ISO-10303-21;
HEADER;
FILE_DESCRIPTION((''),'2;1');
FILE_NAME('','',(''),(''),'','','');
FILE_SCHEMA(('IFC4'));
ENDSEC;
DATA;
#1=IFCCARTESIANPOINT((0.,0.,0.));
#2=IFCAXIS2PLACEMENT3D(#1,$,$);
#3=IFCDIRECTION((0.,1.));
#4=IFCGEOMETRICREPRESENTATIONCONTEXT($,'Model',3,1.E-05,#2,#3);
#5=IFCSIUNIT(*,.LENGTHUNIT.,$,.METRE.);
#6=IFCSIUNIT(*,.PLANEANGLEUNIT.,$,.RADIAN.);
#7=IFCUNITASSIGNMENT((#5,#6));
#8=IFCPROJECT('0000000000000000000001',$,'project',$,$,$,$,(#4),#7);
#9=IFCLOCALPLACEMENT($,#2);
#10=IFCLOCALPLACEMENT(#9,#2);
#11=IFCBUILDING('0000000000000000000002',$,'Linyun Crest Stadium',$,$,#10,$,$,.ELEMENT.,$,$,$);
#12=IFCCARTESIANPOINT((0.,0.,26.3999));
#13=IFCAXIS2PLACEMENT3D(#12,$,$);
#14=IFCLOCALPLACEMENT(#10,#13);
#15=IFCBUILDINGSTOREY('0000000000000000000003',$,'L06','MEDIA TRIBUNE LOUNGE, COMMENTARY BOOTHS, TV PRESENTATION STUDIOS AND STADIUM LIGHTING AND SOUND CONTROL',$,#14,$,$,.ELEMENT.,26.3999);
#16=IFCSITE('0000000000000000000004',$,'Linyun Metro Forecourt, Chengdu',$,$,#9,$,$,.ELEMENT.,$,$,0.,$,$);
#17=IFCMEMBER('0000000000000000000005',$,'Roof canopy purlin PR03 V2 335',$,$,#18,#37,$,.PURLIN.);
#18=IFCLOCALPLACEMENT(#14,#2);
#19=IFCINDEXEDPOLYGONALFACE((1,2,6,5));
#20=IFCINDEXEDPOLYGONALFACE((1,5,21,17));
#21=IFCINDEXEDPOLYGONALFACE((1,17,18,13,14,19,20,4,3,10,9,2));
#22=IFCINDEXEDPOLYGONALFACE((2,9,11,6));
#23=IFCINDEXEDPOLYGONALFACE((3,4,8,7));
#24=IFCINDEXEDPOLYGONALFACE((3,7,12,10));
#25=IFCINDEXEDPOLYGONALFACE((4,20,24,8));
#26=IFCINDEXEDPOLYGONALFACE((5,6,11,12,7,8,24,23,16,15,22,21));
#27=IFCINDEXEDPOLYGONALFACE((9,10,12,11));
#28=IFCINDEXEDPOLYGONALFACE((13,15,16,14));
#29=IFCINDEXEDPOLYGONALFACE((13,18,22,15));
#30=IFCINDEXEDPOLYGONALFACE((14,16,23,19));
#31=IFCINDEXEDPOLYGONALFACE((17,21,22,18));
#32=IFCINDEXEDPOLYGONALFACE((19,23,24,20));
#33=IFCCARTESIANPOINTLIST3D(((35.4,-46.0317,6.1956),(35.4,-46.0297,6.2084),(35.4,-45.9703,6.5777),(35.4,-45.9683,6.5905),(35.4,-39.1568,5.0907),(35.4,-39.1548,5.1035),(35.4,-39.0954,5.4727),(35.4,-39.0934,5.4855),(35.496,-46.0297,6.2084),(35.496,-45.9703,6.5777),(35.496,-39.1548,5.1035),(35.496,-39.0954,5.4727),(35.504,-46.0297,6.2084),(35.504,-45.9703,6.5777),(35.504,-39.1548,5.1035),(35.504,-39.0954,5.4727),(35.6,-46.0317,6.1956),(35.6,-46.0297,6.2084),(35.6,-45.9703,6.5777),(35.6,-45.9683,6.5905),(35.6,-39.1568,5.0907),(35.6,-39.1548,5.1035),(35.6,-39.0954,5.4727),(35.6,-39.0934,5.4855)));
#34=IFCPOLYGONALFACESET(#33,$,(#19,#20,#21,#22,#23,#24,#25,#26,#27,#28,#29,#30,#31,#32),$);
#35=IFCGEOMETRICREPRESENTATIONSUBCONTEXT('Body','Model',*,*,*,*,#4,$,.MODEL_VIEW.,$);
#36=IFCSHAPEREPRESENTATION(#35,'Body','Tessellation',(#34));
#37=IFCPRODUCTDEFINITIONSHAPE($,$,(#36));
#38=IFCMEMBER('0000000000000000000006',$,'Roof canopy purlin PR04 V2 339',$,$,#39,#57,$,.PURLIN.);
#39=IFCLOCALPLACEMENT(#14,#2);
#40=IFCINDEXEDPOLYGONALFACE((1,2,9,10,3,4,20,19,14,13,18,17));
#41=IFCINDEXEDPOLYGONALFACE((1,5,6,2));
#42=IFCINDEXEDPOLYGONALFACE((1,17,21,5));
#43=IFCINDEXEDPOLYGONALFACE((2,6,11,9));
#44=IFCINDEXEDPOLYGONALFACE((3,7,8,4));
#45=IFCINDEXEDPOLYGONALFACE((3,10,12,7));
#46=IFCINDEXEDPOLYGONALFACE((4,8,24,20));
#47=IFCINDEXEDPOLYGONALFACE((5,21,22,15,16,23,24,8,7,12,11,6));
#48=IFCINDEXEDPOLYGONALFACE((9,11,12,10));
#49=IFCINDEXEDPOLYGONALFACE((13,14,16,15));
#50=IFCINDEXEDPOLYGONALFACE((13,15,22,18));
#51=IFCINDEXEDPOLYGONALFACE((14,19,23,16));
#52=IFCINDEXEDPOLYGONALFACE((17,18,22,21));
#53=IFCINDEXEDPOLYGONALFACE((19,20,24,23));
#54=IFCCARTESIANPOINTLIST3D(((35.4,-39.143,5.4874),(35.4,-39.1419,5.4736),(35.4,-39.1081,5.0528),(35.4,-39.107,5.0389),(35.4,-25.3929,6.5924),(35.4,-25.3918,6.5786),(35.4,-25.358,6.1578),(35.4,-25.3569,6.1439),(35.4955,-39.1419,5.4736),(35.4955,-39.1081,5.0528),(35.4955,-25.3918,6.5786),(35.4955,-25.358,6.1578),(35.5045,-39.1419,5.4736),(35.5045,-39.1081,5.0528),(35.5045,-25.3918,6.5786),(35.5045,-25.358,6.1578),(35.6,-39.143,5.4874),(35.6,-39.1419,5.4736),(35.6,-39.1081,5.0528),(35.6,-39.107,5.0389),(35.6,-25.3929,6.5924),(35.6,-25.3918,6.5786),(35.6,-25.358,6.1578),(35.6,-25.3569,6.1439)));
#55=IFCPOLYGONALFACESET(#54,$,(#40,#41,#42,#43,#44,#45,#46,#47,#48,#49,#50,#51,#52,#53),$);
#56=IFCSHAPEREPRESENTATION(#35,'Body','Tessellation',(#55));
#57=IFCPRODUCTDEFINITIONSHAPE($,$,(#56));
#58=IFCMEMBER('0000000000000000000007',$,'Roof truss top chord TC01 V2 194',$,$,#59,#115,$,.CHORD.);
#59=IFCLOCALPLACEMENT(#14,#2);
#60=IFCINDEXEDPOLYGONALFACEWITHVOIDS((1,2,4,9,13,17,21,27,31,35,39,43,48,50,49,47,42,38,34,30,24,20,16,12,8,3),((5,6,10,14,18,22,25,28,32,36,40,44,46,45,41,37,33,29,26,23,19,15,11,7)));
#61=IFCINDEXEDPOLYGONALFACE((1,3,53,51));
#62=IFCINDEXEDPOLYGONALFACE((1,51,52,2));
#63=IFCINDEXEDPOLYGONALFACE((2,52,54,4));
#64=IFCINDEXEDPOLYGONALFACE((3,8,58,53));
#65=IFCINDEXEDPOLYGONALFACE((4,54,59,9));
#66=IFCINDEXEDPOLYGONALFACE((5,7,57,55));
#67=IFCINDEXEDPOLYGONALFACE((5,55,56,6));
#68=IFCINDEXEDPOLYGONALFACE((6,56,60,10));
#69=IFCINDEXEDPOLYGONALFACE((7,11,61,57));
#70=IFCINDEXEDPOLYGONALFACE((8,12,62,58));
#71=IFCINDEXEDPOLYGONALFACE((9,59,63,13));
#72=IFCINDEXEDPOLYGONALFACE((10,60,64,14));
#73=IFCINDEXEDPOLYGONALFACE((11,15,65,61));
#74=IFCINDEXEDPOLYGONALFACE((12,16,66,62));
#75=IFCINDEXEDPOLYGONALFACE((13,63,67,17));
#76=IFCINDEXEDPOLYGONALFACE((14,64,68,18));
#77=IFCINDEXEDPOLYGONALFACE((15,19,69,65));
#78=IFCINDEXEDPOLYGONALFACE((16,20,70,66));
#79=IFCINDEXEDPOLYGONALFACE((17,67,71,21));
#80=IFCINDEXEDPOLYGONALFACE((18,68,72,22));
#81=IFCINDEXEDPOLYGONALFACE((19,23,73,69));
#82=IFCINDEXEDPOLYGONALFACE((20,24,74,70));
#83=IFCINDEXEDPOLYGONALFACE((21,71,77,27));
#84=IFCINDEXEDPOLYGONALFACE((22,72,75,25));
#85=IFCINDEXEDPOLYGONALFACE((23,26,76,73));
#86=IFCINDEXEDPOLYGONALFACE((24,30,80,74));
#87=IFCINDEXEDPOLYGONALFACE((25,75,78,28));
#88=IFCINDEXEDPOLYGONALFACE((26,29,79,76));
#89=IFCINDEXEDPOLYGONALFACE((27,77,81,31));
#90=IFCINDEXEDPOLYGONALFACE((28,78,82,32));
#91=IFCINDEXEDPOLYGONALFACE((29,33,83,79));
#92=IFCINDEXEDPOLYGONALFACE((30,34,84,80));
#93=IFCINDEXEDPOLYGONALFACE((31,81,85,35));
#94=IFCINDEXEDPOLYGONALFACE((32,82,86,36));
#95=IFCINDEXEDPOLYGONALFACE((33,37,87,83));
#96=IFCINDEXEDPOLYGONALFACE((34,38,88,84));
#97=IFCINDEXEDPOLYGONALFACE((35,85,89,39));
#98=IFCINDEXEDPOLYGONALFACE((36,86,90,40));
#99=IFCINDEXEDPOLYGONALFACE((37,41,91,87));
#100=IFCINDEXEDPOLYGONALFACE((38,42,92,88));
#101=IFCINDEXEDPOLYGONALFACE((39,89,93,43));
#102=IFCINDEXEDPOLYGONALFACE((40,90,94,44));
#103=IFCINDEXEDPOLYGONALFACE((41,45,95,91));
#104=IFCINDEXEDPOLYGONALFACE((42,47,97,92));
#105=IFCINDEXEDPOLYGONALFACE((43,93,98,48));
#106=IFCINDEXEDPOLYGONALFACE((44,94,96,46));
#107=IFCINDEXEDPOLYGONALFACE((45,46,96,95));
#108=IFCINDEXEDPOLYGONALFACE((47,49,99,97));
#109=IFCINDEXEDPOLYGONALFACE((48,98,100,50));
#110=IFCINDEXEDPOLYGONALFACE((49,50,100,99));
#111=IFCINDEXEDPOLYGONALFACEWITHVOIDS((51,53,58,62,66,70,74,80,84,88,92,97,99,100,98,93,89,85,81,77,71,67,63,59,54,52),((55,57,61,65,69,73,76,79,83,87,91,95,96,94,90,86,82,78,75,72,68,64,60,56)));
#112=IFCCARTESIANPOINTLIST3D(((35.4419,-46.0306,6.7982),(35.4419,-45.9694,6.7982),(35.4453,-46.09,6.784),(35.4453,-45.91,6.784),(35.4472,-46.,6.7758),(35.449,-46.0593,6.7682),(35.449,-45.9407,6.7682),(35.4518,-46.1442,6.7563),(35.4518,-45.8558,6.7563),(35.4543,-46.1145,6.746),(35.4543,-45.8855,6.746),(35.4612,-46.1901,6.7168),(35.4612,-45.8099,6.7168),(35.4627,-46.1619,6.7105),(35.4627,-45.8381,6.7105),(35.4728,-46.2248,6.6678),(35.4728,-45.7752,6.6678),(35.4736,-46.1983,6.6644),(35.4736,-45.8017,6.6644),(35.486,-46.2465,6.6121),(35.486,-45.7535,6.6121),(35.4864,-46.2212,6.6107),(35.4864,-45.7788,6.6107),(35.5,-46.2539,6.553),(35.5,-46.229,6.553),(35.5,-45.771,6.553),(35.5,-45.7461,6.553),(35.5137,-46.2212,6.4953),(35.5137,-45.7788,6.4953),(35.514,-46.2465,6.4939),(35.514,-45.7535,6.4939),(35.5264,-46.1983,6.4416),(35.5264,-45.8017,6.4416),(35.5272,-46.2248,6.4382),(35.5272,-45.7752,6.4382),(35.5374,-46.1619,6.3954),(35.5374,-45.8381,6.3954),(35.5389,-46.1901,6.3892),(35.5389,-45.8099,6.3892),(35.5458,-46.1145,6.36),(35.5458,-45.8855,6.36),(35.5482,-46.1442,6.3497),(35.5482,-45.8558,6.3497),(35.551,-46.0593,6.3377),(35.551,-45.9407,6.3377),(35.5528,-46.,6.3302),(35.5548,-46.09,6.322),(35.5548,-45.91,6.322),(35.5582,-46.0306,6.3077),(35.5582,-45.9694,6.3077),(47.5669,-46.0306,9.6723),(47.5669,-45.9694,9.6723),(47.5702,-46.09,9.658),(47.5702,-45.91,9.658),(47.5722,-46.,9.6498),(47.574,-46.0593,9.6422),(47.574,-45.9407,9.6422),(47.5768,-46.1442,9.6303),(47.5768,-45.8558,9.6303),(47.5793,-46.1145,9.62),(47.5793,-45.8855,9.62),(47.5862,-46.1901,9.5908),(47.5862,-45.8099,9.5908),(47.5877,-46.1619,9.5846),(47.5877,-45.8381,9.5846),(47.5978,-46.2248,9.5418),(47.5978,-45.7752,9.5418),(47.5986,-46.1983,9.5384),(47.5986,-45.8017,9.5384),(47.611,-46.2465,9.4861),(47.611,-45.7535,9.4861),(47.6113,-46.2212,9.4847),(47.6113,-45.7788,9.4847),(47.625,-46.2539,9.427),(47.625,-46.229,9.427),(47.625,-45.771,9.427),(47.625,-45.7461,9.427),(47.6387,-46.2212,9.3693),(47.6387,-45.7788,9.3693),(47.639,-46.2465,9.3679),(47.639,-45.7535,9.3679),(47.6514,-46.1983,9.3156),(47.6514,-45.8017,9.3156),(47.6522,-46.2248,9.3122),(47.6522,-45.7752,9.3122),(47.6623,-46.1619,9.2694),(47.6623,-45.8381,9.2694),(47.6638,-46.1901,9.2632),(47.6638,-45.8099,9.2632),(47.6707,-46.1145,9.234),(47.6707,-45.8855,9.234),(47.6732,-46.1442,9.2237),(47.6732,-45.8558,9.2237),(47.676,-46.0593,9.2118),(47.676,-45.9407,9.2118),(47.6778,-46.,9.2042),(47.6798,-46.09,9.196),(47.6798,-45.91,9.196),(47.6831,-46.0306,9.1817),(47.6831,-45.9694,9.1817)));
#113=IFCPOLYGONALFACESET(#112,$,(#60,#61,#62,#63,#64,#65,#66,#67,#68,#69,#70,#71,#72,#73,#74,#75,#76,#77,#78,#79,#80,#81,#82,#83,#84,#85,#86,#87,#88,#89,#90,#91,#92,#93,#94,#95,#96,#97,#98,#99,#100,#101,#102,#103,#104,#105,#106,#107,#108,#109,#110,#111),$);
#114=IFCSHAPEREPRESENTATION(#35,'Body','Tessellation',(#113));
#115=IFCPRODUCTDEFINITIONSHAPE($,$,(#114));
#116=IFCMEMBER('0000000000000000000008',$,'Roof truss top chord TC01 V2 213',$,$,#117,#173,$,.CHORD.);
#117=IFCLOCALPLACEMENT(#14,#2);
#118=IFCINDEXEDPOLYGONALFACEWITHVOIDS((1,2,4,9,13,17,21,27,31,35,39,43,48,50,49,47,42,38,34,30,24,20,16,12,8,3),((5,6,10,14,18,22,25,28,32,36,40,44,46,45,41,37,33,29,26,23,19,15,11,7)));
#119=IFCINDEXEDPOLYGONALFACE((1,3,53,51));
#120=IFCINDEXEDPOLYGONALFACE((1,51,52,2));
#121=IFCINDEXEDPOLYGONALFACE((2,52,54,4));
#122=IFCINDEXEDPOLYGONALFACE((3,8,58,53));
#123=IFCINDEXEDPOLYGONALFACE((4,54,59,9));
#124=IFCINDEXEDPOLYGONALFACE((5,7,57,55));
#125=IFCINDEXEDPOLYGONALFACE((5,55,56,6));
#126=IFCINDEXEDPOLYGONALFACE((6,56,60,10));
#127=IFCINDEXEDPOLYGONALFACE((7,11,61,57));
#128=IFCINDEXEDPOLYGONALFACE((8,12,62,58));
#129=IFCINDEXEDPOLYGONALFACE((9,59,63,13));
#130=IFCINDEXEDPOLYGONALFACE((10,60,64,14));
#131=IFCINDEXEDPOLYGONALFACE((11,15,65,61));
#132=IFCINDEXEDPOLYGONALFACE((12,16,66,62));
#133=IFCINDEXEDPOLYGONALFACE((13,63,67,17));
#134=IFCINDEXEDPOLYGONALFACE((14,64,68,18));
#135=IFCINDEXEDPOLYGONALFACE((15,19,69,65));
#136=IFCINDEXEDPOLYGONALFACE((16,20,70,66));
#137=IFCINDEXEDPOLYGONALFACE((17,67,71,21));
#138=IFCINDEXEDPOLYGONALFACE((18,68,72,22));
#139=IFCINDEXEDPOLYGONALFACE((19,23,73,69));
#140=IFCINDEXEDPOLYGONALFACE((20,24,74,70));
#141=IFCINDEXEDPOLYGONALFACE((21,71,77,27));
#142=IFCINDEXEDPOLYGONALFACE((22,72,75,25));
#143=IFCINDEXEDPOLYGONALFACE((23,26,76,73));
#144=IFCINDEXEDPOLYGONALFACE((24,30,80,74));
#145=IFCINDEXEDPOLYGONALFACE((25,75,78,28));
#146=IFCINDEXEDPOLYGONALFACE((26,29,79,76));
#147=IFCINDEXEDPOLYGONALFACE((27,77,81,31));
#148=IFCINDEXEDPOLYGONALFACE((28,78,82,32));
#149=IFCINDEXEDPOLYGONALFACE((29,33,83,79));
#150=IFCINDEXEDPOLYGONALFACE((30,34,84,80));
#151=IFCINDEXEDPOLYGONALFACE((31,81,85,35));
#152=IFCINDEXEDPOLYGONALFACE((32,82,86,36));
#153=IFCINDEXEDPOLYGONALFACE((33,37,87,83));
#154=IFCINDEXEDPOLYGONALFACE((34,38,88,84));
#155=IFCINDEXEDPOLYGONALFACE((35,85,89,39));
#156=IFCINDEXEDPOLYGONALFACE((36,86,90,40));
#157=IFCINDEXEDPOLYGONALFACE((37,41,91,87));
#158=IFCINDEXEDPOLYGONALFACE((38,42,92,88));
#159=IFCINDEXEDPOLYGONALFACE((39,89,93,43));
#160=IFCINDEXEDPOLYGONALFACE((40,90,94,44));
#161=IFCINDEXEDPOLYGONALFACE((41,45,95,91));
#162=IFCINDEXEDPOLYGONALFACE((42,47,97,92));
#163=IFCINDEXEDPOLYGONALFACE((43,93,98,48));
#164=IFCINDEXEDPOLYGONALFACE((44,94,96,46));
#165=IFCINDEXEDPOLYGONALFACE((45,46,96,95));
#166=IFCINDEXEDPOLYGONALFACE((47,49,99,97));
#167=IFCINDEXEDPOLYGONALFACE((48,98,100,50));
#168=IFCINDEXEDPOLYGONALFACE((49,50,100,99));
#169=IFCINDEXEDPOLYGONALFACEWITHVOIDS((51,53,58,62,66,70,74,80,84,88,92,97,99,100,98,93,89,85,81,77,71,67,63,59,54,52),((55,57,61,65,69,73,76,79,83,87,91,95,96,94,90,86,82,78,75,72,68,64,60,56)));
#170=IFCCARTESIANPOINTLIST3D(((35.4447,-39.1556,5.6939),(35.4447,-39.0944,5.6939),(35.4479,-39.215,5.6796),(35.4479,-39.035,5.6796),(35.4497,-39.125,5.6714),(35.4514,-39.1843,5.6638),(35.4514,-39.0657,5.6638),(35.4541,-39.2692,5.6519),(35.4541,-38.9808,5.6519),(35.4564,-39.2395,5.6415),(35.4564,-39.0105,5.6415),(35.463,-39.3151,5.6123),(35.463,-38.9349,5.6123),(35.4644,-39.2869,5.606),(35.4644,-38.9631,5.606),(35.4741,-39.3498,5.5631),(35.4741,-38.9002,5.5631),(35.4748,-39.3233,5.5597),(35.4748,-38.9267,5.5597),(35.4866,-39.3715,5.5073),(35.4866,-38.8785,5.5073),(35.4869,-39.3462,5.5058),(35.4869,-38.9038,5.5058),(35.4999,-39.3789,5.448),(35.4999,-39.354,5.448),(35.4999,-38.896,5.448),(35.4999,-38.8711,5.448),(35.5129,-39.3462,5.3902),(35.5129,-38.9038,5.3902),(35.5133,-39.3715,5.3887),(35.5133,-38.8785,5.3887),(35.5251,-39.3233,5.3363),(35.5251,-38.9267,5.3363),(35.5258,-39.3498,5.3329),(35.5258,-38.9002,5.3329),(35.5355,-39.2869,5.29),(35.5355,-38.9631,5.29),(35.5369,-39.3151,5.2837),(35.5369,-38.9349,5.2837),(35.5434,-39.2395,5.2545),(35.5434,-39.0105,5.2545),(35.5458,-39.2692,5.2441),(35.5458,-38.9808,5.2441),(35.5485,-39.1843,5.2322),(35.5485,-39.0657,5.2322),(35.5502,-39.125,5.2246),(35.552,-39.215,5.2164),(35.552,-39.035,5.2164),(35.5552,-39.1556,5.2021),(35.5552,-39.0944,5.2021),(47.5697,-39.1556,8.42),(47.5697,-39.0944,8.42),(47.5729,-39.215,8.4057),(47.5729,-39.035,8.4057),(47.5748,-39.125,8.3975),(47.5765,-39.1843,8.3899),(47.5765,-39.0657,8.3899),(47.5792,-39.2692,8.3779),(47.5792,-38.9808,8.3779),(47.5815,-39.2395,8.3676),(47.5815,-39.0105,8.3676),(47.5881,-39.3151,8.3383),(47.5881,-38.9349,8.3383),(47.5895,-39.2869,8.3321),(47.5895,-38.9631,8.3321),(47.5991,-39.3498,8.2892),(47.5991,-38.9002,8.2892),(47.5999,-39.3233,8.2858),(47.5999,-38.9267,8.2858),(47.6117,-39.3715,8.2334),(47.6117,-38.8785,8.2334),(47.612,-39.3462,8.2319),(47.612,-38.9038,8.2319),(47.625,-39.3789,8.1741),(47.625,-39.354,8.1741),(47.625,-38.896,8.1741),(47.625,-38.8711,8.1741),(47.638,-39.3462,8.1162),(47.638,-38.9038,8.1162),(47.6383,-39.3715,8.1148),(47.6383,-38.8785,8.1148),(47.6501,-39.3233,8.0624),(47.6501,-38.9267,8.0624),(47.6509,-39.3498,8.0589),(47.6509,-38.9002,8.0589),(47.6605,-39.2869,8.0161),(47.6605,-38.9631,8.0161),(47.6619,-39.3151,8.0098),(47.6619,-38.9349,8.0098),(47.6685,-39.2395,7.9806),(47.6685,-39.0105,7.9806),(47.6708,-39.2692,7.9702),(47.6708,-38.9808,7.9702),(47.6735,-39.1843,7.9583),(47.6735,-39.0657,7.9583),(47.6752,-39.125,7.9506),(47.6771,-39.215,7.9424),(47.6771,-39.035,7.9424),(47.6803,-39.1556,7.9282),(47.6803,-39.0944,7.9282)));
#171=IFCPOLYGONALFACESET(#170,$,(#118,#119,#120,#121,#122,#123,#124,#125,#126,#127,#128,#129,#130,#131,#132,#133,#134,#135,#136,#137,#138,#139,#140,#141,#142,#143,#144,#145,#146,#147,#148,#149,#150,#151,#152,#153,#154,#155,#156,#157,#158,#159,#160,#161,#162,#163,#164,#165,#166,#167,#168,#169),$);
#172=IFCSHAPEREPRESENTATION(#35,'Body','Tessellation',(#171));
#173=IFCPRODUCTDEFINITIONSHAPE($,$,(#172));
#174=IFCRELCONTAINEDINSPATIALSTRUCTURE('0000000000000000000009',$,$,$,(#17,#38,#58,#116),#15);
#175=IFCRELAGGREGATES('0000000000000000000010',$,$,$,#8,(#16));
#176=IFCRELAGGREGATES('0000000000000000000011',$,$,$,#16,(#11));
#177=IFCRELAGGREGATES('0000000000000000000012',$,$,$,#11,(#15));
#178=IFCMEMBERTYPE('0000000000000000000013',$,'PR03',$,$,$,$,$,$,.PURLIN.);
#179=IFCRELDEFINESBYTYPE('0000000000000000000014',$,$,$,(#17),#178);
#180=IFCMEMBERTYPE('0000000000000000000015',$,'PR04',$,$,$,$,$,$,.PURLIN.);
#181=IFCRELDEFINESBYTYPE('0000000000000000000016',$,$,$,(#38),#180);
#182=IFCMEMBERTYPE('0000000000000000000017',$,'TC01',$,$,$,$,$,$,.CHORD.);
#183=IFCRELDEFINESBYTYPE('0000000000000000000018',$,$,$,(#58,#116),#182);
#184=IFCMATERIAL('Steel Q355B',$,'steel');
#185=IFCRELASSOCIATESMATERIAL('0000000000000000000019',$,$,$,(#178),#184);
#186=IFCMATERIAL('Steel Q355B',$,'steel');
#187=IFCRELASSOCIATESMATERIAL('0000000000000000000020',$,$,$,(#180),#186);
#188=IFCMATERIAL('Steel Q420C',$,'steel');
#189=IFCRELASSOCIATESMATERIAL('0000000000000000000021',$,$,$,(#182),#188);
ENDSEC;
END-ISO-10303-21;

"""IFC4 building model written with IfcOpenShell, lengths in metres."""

from ifc_helpers import new_model, si_unit, direction, frame, origin, origin_2d, place, context, subcontext, project, spatial, hollow_circle, i_section, extrude, material, material_profile, profile_set, type_object, element, save


model = new_model("IFC4")

# Units and contexts
model_context = context("Model", 3, precision=1e-05, world=origin(), true_north=direction((0.0, 1.0)))
body_context = subcontext(model_context, "Body", "Model", "MODEL_VIEW")
ifc_project = project(units=[si_unit("LENGTHUNIT", "METRE"), si_unit("PLANEANGLEUNIT", "RADIAN")], contexts=[model_context])

# Site, building, storey
site_placement = place(None, origin())
site = spatial("IfcSite", under=ifc_project, at=site_placement, Name="Linyun Metro Forecourt, Chengdu", CompositionType="ELEMENT", RefElevation=0.0)
building_placement = place(site_placement, origin())
building = spatial("IfcBuilding", under=site, at=building_placement, Name="Linyun Crest Stadium", CompositionType="ELEMENT")
storey_placement = place(building_placement, frame((0.0, 0.0, 26.3999)))
storey = spatial("IfcBuildingStorey", under=building, at=storey_placement, Name="L06", Description="MEDIA TRIBUNE LOUNGE, COMMENTARY BOOTHS, TV PRESENTATION STUDIOS AND STADIUM LIGHTING AND SOUND CONTROL", CompositionType="ELEMENT", Elevation=26.3999)

# Members
ifc_material_1 = material(Name="Steel Q355B", Category="steel")
ifc_material_profile_1 = material_profile(ifc_material_1, i_section(OverallWidth=0.2, OverallDepth=0.3999, WebThickness=0.0081, FlangeThickness=0.0129, at=origin_2d()), Name="HN 400x200")
ifc_profile_set_1 = profile_set([ifc_material_profile_1], Name="Steel Q355B")
member_type_1 = type_object("IfcMemberType", Name="PR03", PredefinedType="PURLIN", material=ifc_profile_set_1)
member_1_placement = place(storey_placement, frame((35.5, -46.0, 6.3931), z_axis=(0.0, 0.987329, -0.158688), x_axis=(-1.0, 0.0, 0.0)))
element("IfcMember", 1, at=member_1_placement, inside=storey, type_object=member_type_1, Name="Roof canopy purlin PR03 V2 335", PredefinedType="PURLIN", context=body_context, shape_type="SweptSolid", body=[
    extrude(i_section(OverallWidth=0.2, OverallDepth=0.3999, WebThickness=0.0081, FlangeThickness=0.0129, at=origin_2d()), origin(), (0.0, 0.0, 1.0), 6.9631),
])
ifc_material_2 = material(Name="Steel Q355B", Category="steel")
ifc_material_profile_2 = material_profile(ifc_material_2, i_section(OverallWidth=0.2, OverallDepth=0.45, WebThickness=0.009, FlangeThickness=0.0139, at=origin_2d()), Name="HN 450x200")
ifc_profile_set_2 = profile_set([ifc_material_profile_2], Name="Steel Q355B")
member_type_2 = type_object("IfcMemberType", Name="PR04", PredefinedType="PURLIN", material=ifc_profile_set_2)
member_2_placement = place(storey_placement, frame((35.5, -39.125, 5.2632), z_axis=(0.0, 0.996787, 0.080104), x_axis=(-1.0, 0.0, 0.0)))
element("IfcMember", 2, at=member_2_placement, inside=storey, type_object=member_type_2, Name="Roof canopy purlin PR04 V2 339", PredefinedType="PURLIN", context=body_context, shape_type="SweptSolid", body=[
    extrude(i_section(OverallWidth=0.2, OverallDepth=0.45, WebThickness=0.009, FlangeThickness=0.0139, at=origin_2d()), origin(), (0.0, 0.0, 1.0), 13.7944),
])
ifc_material_3 = material(Name="Steel Q420C", Category="steel")
ifc_material_profile_3 = material_profile(ifc_material_3, hollow_circle(Radius=0.2539, WallThickness=0.0249, at=origin_2d()), Name="CHS 508x25")
ifc_profile_set_3 = profile_set([ifc_material_profile_3], Name="Steel Q420C")
member_type_3 = type_object("IfcMemberType", Name="TC01", PredefinedType="CHORD", material=ifc_profile_set_3)
member_3_placement = place(storey_placement, frame((47.625, -46.0, 9.427), z_axis=(-0.973039, 0.0, -0.230642), x_axis=(0.0, -1.0, 0.0)))
element("IfcMember", 3, at=member_3_placement, inside=storey, type_object=member_type_3, Name="Roof truss top chord TC01 V2 194", PredefinedType="CHORD", context=body_context, shape_type="SweptSolid", body=[
    extrude(hollow_circle(Radius=0.2539, WallThickness=0.0249, at=origin_2d()), origin(), (0.0, 0.0, 1.0), 12.4609),
])
member_4_placement = place(storey_placement, frame((47.625, -39.125, 8.1741), z_axis=(-0.975645, 0.0, -0.219355), x_axis=(0.0, -1.0, 0.0)))
element("IfcMember", 4, at=member_4_placement, inside=storey, type_object=member_type_3, Name="Roof truss top chord TC01 V2 213", PredefinedType="CHORD", context=body_context, shape_type="SweptSolid", body=[
    extrude(hollow_circle(Radius=0.2539, WallThickness=0.0249, at=origin_2d()), origin(), (0.0, 0.0, 1.0), 12.4277),
])

save(model, "model.ifc")
